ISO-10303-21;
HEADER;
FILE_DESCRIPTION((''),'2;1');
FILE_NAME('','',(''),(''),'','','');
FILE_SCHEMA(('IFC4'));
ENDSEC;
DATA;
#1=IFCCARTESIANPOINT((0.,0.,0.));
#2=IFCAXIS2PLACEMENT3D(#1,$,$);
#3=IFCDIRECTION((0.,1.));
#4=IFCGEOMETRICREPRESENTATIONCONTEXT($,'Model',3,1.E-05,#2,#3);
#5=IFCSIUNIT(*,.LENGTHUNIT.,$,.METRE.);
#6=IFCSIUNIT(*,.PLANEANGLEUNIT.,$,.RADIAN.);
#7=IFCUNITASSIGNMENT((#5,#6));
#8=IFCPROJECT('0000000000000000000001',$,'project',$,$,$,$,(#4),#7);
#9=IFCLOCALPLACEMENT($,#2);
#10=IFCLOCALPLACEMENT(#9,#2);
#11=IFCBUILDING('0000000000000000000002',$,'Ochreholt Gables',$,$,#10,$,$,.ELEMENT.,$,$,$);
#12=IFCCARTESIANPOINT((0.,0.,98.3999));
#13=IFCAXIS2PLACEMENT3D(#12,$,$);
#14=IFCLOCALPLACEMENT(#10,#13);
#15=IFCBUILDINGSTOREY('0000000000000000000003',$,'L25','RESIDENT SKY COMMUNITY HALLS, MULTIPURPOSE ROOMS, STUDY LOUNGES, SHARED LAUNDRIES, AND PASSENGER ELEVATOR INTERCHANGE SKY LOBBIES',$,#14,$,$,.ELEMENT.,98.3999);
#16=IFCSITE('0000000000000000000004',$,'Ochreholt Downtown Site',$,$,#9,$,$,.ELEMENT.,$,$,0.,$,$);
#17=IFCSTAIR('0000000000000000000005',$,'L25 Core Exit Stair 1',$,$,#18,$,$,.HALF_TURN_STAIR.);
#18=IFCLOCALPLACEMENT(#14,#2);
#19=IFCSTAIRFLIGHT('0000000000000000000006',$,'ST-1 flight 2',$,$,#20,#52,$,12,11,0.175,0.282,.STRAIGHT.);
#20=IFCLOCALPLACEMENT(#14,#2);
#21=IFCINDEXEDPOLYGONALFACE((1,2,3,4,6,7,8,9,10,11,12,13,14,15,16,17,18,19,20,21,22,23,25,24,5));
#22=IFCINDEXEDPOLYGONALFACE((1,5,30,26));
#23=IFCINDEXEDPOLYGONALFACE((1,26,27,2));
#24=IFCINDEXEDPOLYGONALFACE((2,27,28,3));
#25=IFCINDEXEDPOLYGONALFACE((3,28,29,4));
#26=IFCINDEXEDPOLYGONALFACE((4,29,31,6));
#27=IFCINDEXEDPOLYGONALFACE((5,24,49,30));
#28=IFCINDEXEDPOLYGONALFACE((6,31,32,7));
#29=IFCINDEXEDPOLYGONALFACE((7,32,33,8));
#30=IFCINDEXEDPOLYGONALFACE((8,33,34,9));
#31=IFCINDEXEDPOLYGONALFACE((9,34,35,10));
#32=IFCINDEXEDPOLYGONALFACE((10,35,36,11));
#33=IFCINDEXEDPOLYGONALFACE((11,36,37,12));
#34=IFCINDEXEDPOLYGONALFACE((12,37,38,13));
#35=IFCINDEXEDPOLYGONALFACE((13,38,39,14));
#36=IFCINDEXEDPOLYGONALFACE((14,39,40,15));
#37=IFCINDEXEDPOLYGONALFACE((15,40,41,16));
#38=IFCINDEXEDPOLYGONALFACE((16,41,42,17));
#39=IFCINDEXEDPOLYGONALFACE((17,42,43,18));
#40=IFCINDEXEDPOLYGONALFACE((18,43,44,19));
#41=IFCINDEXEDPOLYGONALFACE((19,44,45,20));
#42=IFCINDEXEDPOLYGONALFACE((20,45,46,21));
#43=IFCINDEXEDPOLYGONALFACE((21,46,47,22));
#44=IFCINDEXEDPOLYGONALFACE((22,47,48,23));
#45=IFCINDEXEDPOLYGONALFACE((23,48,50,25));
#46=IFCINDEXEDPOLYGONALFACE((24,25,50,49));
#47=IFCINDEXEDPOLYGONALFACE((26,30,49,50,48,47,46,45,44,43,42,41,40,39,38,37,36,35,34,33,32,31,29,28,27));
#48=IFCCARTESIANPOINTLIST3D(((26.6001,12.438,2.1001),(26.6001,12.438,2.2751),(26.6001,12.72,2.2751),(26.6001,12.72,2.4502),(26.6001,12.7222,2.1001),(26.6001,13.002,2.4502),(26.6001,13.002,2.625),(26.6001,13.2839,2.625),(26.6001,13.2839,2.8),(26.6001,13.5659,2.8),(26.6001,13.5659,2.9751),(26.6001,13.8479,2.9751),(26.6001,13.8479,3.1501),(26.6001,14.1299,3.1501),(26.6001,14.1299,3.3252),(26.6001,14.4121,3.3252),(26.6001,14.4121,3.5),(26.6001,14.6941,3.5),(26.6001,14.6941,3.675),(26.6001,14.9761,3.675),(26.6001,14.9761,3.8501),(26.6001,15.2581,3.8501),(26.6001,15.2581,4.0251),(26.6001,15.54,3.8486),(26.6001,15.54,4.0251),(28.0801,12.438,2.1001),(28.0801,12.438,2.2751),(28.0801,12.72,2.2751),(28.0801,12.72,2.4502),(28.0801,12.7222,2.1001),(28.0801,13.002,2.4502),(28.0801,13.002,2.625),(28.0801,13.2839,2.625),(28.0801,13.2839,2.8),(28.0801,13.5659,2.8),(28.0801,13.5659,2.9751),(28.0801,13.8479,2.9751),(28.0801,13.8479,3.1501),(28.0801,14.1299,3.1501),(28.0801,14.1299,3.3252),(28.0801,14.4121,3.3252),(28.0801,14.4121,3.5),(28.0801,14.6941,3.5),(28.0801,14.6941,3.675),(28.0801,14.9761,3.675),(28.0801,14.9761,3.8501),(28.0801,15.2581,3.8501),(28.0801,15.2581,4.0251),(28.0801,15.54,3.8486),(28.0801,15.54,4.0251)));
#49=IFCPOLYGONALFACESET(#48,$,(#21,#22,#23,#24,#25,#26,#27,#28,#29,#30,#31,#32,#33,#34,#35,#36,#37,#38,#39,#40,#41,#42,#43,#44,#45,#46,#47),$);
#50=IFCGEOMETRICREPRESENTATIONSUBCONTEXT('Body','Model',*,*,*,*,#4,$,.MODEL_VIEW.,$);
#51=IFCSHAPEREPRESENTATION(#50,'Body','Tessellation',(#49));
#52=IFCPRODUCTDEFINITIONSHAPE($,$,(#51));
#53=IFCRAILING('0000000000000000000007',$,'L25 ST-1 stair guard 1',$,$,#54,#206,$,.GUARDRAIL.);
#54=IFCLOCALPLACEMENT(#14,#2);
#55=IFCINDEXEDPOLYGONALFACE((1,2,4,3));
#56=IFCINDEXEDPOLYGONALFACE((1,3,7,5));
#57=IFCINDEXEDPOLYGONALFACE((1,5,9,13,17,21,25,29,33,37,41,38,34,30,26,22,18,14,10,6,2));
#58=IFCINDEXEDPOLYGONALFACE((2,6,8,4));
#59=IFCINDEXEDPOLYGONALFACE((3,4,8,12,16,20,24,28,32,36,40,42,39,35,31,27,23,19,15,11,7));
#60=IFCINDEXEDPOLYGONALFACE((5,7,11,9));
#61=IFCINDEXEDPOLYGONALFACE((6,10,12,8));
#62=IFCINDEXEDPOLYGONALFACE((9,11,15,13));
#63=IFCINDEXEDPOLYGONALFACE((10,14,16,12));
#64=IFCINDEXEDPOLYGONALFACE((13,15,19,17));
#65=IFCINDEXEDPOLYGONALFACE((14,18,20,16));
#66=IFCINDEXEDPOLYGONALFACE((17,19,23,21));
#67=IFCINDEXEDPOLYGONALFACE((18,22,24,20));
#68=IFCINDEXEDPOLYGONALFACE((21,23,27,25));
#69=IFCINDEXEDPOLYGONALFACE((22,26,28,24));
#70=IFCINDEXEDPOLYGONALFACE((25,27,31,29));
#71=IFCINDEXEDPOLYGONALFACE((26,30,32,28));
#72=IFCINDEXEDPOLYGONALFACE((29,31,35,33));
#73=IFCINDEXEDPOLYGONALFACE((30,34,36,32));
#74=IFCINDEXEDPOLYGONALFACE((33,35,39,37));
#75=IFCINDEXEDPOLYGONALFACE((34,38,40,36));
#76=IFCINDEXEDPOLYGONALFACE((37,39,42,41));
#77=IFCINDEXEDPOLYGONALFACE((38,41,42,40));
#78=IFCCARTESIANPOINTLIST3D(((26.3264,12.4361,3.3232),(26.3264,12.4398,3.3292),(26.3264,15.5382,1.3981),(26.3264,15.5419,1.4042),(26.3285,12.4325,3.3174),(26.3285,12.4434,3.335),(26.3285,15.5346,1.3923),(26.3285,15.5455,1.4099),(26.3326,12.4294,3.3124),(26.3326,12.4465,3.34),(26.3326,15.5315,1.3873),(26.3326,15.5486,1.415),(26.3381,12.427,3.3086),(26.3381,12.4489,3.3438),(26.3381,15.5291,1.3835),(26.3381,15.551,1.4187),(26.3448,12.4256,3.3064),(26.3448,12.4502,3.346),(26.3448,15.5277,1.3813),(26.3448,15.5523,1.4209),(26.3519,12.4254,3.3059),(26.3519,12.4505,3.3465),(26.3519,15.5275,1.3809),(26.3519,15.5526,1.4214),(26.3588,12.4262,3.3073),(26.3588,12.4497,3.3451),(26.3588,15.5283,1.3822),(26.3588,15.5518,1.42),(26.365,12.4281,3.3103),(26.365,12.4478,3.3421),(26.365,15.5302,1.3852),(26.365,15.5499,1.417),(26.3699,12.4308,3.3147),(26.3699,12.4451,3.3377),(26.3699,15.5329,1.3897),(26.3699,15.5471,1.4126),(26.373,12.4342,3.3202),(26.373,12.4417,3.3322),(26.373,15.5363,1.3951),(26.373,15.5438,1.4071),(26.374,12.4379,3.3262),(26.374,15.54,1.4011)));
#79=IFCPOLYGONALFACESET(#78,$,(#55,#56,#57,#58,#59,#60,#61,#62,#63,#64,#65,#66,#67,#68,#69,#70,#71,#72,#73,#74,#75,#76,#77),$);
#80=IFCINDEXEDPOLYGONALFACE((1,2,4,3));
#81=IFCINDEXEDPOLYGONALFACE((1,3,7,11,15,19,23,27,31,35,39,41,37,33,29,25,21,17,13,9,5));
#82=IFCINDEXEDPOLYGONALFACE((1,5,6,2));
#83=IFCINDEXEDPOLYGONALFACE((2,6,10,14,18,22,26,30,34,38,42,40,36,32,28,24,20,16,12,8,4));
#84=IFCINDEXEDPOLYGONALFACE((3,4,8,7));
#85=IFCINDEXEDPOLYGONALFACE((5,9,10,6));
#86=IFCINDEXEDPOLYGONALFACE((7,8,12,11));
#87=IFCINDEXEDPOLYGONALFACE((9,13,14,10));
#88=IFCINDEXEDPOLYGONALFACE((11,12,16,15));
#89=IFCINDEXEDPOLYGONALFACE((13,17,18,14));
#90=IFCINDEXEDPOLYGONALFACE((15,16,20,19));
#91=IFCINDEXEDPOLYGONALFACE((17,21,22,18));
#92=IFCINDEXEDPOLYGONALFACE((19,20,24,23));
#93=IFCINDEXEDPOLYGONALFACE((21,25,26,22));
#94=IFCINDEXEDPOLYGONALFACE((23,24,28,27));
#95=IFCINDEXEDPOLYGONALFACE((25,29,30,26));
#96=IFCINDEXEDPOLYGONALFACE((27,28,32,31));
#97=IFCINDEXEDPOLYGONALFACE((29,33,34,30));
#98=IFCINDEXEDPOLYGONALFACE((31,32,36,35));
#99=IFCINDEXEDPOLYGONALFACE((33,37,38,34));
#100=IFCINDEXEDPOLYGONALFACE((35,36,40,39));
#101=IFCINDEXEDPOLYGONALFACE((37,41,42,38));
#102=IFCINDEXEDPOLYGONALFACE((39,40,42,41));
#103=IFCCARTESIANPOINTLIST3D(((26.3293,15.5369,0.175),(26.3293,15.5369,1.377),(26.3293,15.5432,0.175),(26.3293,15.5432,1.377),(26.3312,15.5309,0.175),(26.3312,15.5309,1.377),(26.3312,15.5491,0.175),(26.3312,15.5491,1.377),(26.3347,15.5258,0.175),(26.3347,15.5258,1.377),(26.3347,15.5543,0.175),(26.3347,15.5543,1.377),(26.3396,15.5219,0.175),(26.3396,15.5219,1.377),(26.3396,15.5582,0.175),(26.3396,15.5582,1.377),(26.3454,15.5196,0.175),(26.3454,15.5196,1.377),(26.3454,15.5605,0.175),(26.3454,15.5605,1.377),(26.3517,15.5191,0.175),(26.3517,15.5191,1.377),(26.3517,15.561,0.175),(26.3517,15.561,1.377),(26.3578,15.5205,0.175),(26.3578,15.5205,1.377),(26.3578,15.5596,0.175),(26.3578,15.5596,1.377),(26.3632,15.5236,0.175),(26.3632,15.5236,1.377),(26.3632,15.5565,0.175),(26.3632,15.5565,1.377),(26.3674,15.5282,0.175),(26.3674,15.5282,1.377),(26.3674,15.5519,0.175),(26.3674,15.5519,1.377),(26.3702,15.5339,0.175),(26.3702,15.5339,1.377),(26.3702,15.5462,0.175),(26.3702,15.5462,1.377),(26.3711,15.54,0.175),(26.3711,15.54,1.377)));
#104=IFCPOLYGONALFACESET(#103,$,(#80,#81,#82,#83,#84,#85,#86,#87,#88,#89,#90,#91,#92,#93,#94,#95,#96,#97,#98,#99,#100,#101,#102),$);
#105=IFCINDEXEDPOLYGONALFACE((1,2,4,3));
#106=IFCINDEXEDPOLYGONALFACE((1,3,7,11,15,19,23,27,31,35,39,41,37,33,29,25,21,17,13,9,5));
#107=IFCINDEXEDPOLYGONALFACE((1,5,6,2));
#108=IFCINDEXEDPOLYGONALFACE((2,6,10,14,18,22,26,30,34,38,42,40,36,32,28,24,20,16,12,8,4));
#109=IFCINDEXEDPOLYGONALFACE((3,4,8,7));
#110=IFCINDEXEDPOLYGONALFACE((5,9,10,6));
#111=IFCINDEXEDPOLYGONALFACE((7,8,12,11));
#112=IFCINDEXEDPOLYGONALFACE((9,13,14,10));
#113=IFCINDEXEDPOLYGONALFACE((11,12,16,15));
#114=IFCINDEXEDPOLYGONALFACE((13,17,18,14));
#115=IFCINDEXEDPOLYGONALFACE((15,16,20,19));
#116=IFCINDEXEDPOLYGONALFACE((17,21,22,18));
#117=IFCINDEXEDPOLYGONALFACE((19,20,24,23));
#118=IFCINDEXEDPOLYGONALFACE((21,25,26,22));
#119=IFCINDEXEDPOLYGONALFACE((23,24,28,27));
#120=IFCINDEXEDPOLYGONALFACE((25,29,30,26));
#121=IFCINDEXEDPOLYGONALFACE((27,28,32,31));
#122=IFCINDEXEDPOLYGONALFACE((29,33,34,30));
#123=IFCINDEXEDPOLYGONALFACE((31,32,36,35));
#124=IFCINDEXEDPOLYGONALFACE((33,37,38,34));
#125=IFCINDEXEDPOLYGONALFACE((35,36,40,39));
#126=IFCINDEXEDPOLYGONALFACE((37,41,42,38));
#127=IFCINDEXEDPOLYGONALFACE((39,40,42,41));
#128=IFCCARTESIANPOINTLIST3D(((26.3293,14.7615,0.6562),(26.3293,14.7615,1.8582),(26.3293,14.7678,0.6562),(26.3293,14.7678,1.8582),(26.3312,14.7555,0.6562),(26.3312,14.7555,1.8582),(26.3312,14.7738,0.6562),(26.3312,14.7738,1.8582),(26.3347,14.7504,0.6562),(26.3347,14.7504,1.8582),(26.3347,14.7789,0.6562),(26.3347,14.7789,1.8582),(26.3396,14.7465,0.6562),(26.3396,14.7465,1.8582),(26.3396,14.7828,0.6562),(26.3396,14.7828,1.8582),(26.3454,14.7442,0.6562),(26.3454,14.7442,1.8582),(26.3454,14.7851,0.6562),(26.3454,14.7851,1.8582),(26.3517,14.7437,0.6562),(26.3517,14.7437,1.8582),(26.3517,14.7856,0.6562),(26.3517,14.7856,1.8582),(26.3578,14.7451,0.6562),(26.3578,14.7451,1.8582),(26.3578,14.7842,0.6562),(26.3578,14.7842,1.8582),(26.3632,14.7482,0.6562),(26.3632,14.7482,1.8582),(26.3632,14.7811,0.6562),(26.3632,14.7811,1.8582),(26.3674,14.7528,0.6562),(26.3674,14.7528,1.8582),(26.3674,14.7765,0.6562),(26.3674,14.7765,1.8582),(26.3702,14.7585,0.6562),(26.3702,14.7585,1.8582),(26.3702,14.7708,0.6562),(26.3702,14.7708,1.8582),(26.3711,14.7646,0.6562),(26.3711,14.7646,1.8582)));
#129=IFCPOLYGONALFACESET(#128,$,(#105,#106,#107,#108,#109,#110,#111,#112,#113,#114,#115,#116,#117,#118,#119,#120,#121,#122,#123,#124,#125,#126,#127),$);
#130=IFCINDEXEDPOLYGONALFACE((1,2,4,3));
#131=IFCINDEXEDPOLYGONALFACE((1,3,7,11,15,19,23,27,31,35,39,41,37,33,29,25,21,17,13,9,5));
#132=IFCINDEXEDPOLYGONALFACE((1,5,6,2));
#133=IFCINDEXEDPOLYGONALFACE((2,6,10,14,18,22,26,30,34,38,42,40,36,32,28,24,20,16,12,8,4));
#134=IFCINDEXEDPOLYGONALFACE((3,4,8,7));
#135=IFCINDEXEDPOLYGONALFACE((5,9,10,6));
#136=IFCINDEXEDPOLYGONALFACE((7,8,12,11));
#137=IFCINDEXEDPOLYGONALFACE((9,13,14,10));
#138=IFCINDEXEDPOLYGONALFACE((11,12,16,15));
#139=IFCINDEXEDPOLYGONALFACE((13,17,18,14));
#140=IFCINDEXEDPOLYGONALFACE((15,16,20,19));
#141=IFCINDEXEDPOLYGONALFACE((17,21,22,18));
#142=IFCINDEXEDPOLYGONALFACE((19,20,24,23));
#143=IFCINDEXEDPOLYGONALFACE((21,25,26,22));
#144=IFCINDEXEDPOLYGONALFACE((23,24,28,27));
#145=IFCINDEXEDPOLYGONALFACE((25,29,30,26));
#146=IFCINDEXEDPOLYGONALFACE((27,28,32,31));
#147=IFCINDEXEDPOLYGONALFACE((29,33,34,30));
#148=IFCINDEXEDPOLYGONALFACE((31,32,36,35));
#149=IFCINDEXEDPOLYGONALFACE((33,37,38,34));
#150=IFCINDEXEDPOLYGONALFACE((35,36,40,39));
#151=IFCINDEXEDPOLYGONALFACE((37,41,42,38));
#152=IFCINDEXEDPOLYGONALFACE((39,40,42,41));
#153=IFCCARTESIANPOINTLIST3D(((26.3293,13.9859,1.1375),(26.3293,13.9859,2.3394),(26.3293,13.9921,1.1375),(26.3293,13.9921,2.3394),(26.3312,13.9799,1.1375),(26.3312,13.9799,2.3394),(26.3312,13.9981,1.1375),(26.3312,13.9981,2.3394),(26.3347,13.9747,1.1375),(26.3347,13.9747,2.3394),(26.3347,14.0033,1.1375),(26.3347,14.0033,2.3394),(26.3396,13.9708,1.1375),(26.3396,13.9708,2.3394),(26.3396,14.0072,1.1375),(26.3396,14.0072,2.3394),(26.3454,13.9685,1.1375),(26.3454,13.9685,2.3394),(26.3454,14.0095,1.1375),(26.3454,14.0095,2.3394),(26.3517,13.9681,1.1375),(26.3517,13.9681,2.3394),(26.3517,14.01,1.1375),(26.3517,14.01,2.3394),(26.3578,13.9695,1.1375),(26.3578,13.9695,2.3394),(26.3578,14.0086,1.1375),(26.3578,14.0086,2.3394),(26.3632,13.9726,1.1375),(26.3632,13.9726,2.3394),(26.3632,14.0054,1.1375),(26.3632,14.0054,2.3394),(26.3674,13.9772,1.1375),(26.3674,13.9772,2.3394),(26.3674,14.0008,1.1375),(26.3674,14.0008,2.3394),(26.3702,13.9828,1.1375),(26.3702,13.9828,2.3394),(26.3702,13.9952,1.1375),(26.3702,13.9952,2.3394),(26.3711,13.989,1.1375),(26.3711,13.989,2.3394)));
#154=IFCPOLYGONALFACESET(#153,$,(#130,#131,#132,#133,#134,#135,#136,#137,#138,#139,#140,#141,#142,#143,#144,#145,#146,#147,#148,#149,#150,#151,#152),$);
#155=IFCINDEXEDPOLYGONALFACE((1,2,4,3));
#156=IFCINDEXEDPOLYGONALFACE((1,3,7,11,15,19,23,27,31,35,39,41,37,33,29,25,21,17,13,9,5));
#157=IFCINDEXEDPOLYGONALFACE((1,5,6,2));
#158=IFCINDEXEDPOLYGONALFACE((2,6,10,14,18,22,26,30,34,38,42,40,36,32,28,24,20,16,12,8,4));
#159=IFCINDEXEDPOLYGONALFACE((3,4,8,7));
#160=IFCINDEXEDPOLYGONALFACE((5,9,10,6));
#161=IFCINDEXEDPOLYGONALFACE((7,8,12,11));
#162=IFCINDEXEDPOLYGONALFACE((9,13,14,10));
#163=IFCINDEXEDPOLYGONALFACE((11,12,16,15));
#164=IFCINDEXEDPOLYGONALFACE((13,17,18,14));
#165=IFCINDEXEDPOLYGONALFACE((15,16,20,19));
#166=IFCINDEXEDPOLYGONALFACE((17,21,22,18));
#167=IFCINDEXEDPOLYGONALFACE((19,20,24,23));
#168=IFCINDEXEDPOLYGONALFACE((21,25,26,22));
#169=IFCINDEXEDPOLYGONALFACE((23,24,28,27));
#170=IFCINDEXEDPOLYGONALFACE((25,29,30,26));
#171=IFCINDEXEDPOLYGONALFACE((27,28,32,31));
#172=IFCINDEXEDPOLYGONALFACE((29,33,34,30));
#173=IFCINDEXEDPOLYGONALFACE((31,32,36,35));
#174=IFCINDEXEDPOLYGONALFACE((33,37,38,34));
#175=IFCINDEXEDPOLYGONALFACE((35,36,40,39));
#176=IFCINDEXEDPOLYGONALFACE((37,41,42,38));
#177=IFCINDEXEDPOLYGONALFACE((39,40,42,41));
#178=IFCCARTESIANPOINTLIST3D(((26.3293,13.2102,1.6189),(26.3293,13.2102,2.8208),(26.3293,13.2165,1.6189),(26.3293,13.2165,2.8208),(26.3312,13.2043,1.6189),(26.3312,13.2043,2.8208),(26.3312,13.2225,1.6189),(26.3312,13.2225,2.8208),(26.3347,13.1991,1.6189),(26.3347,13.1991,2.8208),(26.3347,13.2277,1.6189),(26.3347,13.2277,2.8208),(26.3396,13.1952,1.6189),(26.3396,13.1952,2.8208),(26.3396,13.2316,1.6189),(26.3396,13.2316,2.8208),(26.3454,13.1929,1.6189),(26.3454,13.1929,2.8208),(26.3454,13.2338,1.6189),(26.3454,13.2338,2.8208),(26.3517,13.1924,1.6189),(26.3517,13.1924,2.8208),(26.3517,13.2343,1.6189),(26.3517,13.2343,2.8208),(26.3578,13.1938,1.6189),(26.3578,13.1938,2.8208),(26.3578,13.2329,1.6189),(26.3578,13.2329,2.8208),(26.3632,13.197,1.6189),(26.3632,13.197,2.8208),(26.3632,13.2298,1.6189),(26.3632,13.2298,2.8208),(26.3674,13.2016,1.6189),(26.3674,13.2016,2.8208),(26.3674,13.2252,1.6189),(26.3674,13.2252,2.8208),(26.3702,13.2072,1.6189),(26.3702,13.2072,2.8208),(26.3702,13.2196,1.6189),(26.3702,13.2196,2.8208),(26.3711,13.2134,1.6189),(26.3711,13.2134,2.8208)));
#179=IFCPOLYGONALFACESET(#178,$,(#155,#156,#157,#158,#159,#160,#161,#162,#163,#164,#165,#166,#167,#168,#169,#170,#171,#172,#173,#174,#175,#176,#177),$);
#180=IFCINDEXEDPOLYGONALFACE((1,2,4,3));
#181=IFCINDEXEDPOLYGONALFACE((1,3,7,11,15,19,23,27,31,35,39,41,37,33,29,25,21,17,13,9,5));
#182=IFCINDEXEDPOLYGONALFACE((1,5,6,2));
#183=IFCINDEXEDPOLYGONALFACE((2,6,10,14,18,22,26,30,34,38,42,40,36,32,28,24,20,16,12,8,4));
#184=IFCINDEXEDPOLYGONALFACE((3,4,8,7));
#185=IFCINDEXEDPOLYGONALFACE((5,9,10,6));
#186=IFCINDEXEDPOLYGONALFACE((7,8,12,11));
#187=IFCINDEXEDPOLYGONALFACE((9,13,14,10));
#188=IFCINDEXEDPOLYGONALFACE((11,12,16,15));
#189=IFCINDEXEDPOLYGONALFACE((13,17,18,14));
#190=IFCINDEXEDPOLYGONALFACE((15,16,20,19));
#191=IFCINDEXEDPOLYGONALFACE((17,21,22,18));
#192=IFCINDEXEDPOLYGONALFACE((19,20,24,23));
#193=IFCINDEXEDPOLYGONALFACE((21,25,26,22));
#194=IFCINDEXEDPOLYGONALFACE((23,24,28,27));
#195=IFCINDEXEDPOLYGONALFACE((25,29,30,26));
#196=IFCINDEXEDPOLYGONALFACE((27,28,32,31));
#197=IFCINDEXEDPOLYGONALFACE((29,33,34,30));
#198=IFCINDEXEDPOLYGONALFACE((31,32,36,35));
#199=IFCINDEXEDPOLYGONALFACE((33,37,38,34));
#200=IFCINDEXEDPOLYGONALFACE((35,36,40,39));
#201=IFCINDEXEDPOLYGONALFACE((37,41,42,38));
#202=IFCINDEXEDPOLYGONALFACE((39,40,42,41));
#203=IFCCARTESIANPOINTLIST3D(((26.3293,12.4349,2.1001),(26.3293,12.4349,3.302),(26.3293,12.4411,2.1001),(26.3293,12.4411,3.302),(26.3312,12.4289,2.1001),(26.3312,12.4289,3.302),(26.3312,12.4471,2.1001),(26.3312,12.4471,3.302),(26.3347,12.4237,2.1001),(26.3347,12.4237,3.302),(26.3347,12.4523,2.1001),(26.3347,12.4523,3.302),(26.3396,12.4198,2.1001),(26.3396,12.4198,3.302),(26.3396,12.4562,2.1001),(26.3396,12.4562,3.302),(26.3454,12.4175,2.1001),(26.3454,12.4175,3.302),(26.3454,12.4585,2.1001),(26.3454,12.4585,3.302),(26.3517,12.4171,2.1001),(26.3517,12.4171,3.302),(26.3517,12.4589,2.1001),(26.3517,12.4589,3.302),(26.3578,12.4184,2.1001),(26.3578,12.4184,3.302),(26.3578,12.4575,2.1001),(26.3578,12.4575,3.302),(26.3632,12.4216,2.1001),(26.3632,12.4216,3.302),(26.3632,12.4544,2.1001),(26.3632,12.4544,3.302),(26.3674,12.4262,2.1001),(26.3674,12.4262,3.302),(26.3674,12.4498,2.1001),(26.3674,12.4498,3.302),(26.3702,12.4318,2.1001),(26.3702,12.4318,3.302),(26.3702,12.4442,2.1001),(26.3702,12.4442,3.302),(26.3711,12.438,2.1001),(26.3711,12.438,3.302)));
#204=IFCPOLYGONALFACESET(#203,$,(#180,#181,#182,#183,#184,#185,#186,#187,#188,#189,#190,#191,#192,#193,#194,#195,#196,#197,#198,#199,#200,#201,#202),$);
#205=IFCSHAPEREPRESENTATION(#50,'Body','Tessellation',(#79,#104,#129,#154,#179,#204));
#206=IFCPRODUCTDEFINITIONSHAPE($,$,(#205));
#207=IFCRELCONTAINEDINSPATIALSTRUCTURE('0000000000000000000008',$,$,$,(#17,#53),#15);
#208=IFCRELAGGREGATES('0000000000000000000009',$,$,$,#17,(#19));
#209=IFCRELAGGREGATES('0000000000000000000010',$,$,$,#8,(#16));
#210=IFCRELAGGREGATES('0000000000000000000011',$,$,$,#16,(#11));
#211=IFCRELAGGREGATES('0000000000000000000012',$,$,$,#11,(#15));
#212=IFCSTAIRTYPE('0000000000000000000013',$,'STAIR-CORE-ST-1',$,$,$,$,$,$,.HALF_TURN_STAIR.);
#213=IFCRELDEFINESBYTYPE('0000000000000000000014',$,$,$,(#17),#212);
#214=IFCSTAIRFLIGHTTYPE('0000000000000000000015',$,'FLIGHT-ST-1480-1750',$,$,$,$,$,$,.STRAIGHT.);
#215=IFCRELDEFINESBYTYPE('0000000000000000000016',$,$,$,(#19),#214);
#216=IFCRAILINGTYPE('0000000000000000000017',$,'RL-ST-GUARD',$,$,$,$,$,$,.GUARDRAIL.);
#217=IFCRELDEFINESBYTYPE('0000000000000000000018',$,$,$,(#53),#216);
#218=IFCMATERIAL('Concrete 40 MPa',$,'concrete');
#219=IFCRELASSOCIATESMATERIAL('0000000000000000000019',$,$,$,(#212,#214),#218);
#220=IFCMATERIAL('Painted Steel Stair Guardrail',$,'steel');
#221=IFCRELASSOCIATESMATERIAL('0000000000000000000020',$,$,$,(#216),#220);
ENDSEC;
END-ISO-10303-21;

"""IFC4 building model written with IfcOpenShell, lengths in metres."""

from ifc_helpers import new_model, si_unit, direction, frame, origin, origin_2d, place, context, subcontext, project, spatial, polyline, circle, outline, extrude, material, type_object, element, aggregate, save


model = new_model("IFC4")

# Units and contexts
model_context = context("Model", 3, precision=1e-05, world=origin(), true_north=direction((0.0, 1.0)))
body_context = subcontext(model_context, "Body", "Model", "MODEL_VIEW")
ifc_project = project(units=[si_unit("LENGTHUNIT", "METRE"), si_unit("PLANEANGLEUNIT", "RADIAN")], contexts=[model_context])

# Site, building, storey
site_placement = place(None, origin())
site = spatial("IfcSite", under=ifc_project, at=site_placement, Name="Ochreholt Downtown Site", CompositionType="ELEMENT", RefElevation=0.0)
building_placement = place(site_placement, origin())
building = spatial("IfcBuilding", under=site, at=building_placement, Name="Ochreholt Gables", CompositionType="ELEMENT")
storey_placement = place(building_placement, frame((0.0, 0.0, 98.3999)))
storey = spatial("IfcBuildingStorey", under=building, at=storey_placement, Name="L25", Description="RESIDENT SKY COMMUNITY HALLS, MULTIPURPOSE ROOMS, STUDY LOUNGES, SHARED LAUNDRIES, AND PASSENGER ELEVATOR INTERCHANGE SKY LOBBIES", CompositionType="ELEMENT", Elevation=98.3999)

# Stair, stair flight
ifc_material_1 = material(Name="Concrete 40 MPa", Category="concrete")
stair_type = type_object("IfcStairType", Name="STAIR-CORE-ST-1", PredefinedType="HALF_TURN_STAIR", material=ifc_material_1)
stair_placement = place(storey_placement, origin())
stair = element("IfcStair", 1, at=stair_placement, inside=storey, type_object=stair_type, Name="L25 Core Exit Stair 1", PredefinedType="HALF_TURN_STAIR")
stair_flight_type = type_object("IfcStairFlightType", Name="FLIGHT-ST-1480-1750", PredefinedType="STRAIGHT", material=ifc_material_1)
stair_flight_1_placement = place(storey_placement, frame((27.3401, 12.438, 2.1001), z_axis=(0.0, 0.0, 1.0), x_axis=(0.0, 1.0, 0.0)))
stair_flight_1 = element("IfcStairFlight", 2, at=stair_flight_1_placement, type_object=stair_flight_type, Name="ST-1 flight 2", NumberOfRisers=12, NumberOfTreads=11, PredefinedType="STRAIGHT", RiserHeight=0.175, TreadLength=0.282, context=body_context, shape_type="SweptSolid", body=[
    extrude(outline(polyline([(0.0, 0.0), (0.0, 0.175), (0.282, 0.175), (0.282, 0.3501), (0.564, 0.3501), (0.564, 0.5249), (0.8459, 0.5249), (0.8459, 0.7), (1.1279, 0.7), (1.1279, 0.875), (1.4099, 0.875), (1.4099, 1.05), (1.6919, 1.05), (1.6919, 1.2251), (1.9741, 1.2251), (1.9741, 1.3999), (2.2561, 1.3999), (2.2561, 1.575), (2.5381, 1.575), (2.5381, 1.75), (2.8201, 1.75), (2.8201, 1.925), (3.1021, 1.925), (3.1021, 2.1001), (3.1021, 1.7485), (0.2842, 0.0), (0.0, 0.0)])), frame((0.0, 0.74, 0.0), z_axis=(0.0, -1.0, 0.0), x_axis=(1.0, 0.0, 0.0)), (0.0, 0.0, 1.0), 1.48),
])
aggregate(stair, [stair_flight_1])

# Railing
ifc_material_2 = material(Name="Painted Steel Stair Guardrail", Category="steel")
railing_type_1 = type_object("IfcRailingType", Name="RL-ST-GUARD", PredefinedType="GUARDRAIL", material=ifc_material_2)
railing_1_placement = place(storey_placement, frame((26.3501, 15.54, 0.175)))
element("IfcRailing", 3, at=railing_1_placement, inside=storey, type_object=railing_type_1, Name="L25 ST-1 stair guard 1", PredefinedType="GUARDRAIL", context=body_context, shape_type="SweptSolid", body=[
    extrude(circle(Radius=0.0239, at=origin_2d()), frame((0.0, 0.0, 1.2261), z_axis=(0.0, -0.849685, 0.527291), x_axis=(1.0, 0.0, 0.0)), (0.0, 0.0, 1.0), 3.6509),
    extrude(circle(Radius=0.021, at=origin_2d()), origin(), (0.0, 0.0, 1.0), 1.2019),
    extrude(circle(Radius=0.021, at=origin_2d()), frame((0.0, -0.7754, 0.4812)), (0.0, 0.0, 1.0), 1.2019),
    extrude(circle(Radius=0.021, at=origin_2d()), frame((0.0, -1.551, 0.9624)), (0.0, 0.0, 1.0), 1.2019),
    extrude(circle(Radius=0.021, at=origin_2d()), frame((0.0, -2.3267, 1.4438)), (0.0, 0.0, 1.0), 1.2019),
    extrude(circle(Radius=0.021, at=origin_2d()), frame((0.0, -3.1021, 1.925)), (0.0, 0.0, 1.0), 1.2019),
])

save(model, "model.ifc")
